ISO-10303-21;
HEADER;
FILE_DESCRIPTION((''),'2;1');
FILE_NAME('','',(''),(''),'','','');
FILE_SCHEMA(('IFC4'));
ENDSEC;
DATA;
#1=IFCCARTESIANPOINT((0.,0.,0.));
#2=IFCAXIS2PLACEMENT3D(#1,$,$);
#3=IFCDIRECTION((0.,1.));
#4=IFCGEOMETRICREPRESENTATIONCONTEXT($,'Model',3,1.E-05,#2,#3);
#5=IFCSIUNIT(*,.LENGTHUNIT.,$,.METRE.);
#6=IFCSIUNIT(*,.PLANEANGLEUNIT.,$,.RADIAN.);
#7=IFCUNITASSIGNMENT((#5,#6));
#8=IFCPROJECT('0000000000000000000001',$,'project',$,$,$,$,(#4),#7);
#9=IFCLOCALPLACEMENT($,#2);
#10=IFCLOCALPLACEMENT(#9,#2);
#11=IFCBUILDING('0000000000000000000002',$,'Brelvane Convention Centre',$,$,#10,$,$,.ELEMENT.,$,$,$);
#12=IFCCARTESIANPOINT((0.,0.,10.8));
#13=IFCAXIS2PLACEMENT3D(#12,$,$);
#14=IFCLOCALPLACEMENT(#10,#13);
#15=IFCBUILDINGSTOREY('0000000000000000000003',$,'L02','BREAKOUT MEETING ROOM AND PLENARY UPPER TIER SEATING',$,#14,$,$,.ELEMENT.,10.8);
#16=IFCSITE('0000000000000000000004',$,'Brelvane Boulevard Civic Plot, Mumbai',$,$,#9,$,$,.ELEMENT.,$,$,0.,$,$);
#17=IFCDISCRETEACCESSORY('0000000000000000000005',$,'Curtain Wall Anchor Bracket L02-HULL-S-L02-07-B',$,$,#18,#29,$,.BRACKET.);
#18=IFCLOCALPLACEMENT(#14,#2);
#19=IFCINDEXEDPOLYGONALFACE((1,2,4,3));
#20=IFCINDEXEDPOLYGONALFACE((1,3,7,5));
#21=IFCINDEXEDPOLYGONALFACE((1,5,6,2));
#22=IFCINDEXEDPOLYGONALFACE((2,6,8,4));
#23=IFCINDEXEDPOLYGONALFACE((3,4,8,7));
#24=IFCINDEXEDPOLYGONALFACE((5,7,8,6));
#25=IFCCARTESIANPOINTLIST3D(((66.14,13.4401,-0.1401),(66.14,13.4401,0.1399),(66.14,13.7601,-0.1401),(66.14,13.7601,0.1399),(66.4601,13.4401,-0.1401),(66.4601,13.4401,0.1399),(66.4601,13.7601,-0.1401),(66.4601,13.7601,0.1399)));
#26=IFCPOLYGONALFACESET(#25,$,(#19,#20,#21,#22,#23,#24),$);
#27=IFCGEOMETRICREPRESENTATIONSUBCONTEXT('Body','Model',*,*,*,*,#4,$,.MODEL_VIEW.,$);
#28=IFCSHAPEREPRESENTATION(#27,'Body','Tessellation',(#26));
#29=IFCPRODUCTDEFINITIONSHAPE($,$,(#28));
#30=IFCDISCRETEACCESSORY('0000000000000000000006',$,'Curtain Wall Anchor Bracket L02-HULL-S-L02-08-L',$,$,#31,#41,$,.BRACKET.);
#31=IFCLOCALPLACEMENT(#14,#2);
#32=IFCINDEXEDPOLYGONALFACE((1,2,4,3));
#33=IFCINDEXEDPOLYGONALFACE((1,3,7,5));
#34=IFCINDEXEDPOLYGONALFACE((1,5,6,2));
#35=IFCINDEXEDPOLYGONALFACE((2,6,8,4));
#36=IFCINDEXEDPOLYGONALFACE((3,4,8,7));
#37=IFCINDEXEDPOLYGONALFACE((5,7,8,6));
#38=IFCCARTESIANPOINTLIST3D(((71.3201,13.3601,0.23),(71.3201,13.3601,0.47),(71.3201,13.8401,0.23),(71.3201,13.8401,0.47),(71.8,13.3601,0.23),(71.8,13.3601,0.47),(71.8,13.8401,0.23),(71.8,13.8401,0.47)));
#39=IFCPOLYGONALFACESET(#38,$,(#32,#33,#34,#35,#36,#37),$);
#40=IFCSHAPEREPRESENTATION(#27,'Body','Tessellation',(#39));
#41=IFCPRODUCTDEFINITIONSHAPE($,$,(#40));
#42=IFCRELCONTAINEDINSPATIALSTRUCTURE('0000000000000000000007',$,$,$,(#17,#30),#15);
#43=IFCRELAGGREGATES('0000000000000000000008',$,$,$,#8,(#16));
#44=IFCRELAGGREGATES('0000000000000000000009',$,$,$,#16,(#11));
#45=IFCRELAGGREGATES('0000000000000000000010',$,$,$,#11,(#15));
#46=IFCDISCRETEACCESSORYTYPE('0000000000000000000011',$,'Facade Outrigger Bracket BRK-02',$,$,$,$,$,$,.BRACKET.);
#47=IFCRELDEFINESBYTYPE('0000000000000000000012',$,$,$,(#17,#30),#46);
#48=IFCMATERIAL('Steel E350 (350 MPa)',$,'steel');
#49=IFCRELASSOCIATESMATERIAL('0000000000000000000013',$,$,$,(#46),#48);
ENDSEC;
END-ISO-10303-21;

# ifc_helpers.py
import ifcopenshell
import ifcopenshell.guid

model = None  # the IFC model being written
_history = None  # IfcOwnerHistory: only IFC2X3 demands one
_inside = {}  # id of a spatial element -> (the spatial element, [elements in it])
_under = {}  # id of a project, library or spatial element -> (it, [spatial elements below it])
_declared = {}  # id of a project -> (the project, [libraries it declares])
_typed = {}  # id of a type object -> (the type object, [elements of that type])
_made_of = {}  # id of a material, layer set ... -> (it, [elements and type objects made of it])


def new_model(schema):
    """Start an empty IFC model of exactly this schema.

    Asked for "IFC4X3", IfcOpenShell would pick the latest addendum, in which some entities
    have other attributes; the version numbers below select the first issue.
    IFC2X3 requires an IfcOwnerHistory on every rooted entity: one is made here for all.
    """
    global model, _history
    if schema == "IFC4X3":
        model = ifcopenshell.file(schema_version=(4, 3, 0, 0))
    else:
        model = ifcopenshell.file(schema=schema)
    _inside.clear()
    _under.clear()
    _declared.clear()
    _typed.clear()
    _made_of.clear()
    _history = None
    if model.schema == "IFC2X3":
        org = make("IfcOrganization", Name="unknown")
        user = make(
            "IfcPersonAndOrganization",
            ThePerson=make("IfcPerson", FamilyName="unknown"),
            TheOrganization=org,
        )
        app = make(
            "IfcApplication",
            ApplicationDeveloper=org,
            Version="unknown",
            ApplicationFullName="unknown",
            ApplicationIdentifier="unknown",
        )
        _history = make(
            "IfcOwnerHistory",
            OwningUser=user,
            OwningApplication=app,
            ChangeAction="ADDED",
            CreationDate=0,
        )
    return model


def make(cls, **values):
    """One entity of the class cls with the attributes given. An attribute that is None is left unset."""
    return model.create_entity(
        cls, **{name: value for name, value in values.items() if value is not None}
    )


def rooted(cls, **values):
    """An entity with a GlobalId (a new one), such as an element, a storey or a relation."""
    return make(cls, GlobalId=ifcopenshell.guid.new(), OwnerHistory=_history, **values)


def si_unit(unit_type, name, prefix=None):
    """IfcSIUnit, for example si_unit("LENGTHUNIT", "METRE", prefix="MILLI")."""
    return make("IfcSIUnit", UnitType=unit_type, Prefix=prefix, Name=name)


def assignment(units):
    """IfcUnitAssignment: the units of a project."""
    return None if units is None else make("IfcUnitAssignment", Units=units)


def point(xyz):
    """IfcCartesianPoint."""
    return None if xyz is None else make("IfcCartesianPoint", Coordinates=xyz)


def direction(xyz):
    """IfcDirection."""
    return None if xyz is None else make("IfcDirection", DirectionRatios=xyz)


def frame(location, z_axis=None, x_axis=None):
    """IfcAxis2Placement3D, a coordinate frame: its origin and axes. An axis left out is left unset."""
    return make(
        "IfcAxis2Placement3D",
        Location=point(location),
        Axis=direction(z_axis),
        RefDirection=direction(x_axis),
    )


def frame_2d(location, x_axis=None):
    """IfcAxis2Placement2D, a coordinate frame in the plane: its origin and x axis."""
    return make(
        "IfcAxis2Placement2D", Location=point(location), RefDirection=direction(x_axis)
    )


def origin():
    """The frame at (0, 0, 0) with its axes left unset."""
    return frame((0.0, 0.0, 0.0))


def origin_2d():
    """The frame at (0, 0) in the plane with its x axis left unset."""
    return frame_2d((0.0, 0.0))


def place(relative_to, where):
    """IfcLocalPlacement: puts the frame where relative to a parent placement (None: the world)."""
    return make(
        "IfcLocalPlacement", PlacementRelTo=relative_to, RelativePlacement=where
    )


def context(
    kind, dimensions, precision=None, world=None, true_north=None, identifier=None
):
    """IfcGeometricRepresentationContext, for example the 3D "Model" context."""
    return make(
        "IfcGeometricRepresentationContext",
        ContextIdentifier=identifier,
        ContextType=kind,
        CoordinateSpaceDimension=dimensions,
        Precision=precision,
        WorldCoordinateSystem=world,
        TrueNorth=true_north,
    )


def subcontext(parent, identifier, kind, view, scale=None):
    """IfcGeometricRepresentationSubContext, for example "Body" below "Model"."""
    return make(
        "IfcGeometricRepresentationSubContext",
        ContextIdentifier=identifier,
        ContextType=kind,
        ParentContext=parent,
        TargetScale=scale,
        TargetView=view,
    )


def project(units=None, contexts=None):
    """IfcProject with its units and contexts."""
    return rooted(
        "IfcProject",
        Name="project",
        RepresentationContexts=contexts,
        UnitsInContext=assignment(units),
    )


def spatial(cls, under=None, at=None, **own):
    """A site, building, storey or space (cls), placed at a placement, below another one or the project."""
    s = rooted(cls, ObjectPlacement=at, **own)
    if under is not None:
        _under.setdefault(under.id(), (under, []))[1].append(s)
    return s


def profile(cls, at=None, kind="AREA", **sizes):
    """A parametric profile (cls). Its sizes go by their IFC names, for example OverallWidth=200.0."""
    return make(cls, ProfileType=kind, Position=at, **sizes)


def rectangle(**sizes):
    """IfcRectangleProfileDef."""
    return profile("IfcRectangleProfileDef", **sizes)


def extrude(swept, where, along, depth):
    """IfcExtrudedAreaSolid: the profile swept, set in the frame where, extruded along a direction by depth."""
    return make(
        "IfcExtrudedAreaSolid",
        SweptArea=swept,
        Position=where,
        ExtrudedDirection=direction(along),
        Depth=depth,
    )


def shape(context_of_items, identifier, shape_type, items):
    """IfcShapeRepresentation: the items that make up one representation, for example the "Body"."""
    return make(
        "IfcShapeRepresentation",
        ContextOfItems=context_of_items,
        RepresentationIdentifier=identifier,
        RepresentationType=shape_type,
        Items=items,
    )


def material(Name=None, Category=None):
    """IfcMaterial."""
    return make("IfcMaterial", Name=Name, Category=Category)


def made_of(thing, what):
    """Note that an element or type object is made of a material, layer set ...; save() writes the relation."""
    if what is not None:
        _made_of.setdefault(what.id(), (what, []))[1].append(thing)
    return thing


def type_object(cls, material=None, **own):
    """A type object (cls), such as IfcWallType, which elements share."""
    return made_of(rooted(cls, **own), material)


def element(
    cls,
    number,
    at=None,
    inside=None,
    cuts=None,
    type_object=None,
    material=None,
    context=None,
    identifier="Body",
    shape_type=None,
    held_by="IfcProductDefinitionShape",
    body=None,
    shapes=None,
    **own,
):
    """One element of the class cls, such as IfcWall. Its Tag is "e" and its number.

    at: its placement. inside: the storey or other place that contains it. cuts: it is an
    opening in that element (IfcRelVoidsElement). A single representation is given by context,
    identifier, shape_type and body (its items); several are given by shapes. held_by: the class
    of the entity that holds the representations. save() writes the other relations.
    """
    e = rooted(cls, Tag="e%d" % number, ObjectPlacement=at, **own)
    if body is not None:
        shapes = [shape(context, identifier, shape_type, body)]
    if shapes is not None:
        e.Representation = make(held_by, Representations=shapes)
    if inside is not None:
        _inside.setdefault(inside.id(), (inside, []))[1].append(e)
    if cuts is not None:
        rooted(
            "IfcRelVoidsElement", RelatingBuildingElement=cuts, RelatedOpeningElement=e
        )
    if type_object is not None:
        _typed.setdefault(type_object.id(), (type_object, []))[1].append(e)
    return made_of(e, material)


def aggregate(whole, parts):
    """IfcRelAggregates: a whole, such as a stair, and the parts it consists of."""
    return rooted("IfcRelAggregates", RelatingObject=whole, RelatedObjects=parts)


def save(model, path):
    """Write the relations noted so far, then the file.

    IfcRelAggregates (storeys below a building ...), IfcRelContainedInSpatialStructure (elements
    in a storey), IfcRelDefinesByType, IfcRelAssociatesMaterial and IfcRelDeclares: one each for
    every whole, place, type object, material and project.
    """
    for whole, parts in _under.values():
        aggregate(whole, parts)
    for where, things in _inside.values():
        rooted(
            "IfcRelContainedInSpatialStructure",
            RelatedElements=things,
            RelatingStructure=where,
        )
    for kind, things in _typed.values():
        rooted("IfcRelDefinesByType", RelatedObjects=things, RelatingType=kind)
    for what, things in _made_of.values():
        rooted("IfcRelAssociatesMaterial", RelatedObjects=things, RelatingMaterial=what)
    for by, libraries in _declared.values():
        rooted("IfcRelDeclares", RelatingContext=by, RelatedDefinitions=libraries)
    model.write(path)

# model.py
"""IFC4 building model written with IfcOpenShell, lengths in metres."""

from ifc_helpers import new_model, si_unit, direction, frame, origin, origin_2d, place, context, subcontext, project, spatial, rectangle, extrude, material, type_object, element, save


model = new_model("IFC4")

# Units and contexts
model_context = context("Model", 3, precision=1e-05, world=origin(), true_north=direction((0.0, 1.0)))
body_context = subcontext(model_context, "Body", "Model", "MODEL_VIEW")
ifc_project = project(units=[si_unit("LENGTHUNIT", "METRE"), si_unit("PLANEANGLEUNIT", "RADIAN")], contexts=[model_context])

# Site, building, storey
site_placement = place(None, origin())
site = spatial("IfcSite", under=ifc_project, at=site_placement, Name="Brelvane Boulevard Civic Plot, Mumbai", CompositionType="ELEMENT", RefElevation=0.0)
building_placement = place(site_placement, origin())
building = spatial("IfcBuilding", under=site, at=building_placement, Name="Brelvane Convention Centre", CompositionType="ELEMENT")
storey_placement = place(building_placement, frame((0.0, 0.0, 10.8)))
storey = spatial("IfcBuildingStorey", under=building, at=storey_placement, Name="L02", Description="BREAKOUT MEETING ROOM AND PLENARY UPPER TIER SEATING", CompositionType="ELEMENT", Elevation=10.8)

# Discrete accessories
ifc_material_1 = material(Name="Steel E350 (350 MPa)", Category="steel")
discrete_accessory_type = type_object("IfcDiscreteAccessoryType", Name="Facade Outrigger Bracket BRK-02", PredefinedType="BRACKET", material=ifc_material_1)
discrete_accessory_1_placement = place(storey_placement, frame((66.3, 13.6001, -0.1401), z_axis=(0.0, 0.0, 1.0), x_axis=(1.0, 0.0, 0.0)))
element("IfcDiscreteAccessory", 1, at=discrete_accessory_1_placement, inside=storey, type_object=discrete_accessory_type, Name="Curtain Wall Anchor Bracket L02-HULL-S-L02-07-B", PredefinedType="BRACKET", context=body_context, shape_type="SweptSolid", body=[
    extrude(rectangle(XDim=0.3201, YDim=0.3201, at=origin_2d()), origin(), (0.0, 0.0, 1.0), 0.28),
])
discrete_accessory_2_placement = place(storey_placement, frame((71.5601, 13.6001, 0.23), z_axis=(0.0, 0.0, 1.0), x_axis=(1.0, 0.0, 0.0)))
element("IfcDiscreteAccessory", 2, at=discrete_accessory_2_placement, inside=storey, type_object=discrete_accessory_type, Name="Curtain Wall Anchor Bracket L02-HULL-S-L02-08-L", PredefinedType="BRACKET", context=body_context, shape_type="SweptSolid", body=[
    extrude(rectangle(XDim=0.48, YDim=0.48, at=origin_2d()), origin(), (0.0, 0.0, 1.0), 0.24),
])

save(model, "model.ifc")
